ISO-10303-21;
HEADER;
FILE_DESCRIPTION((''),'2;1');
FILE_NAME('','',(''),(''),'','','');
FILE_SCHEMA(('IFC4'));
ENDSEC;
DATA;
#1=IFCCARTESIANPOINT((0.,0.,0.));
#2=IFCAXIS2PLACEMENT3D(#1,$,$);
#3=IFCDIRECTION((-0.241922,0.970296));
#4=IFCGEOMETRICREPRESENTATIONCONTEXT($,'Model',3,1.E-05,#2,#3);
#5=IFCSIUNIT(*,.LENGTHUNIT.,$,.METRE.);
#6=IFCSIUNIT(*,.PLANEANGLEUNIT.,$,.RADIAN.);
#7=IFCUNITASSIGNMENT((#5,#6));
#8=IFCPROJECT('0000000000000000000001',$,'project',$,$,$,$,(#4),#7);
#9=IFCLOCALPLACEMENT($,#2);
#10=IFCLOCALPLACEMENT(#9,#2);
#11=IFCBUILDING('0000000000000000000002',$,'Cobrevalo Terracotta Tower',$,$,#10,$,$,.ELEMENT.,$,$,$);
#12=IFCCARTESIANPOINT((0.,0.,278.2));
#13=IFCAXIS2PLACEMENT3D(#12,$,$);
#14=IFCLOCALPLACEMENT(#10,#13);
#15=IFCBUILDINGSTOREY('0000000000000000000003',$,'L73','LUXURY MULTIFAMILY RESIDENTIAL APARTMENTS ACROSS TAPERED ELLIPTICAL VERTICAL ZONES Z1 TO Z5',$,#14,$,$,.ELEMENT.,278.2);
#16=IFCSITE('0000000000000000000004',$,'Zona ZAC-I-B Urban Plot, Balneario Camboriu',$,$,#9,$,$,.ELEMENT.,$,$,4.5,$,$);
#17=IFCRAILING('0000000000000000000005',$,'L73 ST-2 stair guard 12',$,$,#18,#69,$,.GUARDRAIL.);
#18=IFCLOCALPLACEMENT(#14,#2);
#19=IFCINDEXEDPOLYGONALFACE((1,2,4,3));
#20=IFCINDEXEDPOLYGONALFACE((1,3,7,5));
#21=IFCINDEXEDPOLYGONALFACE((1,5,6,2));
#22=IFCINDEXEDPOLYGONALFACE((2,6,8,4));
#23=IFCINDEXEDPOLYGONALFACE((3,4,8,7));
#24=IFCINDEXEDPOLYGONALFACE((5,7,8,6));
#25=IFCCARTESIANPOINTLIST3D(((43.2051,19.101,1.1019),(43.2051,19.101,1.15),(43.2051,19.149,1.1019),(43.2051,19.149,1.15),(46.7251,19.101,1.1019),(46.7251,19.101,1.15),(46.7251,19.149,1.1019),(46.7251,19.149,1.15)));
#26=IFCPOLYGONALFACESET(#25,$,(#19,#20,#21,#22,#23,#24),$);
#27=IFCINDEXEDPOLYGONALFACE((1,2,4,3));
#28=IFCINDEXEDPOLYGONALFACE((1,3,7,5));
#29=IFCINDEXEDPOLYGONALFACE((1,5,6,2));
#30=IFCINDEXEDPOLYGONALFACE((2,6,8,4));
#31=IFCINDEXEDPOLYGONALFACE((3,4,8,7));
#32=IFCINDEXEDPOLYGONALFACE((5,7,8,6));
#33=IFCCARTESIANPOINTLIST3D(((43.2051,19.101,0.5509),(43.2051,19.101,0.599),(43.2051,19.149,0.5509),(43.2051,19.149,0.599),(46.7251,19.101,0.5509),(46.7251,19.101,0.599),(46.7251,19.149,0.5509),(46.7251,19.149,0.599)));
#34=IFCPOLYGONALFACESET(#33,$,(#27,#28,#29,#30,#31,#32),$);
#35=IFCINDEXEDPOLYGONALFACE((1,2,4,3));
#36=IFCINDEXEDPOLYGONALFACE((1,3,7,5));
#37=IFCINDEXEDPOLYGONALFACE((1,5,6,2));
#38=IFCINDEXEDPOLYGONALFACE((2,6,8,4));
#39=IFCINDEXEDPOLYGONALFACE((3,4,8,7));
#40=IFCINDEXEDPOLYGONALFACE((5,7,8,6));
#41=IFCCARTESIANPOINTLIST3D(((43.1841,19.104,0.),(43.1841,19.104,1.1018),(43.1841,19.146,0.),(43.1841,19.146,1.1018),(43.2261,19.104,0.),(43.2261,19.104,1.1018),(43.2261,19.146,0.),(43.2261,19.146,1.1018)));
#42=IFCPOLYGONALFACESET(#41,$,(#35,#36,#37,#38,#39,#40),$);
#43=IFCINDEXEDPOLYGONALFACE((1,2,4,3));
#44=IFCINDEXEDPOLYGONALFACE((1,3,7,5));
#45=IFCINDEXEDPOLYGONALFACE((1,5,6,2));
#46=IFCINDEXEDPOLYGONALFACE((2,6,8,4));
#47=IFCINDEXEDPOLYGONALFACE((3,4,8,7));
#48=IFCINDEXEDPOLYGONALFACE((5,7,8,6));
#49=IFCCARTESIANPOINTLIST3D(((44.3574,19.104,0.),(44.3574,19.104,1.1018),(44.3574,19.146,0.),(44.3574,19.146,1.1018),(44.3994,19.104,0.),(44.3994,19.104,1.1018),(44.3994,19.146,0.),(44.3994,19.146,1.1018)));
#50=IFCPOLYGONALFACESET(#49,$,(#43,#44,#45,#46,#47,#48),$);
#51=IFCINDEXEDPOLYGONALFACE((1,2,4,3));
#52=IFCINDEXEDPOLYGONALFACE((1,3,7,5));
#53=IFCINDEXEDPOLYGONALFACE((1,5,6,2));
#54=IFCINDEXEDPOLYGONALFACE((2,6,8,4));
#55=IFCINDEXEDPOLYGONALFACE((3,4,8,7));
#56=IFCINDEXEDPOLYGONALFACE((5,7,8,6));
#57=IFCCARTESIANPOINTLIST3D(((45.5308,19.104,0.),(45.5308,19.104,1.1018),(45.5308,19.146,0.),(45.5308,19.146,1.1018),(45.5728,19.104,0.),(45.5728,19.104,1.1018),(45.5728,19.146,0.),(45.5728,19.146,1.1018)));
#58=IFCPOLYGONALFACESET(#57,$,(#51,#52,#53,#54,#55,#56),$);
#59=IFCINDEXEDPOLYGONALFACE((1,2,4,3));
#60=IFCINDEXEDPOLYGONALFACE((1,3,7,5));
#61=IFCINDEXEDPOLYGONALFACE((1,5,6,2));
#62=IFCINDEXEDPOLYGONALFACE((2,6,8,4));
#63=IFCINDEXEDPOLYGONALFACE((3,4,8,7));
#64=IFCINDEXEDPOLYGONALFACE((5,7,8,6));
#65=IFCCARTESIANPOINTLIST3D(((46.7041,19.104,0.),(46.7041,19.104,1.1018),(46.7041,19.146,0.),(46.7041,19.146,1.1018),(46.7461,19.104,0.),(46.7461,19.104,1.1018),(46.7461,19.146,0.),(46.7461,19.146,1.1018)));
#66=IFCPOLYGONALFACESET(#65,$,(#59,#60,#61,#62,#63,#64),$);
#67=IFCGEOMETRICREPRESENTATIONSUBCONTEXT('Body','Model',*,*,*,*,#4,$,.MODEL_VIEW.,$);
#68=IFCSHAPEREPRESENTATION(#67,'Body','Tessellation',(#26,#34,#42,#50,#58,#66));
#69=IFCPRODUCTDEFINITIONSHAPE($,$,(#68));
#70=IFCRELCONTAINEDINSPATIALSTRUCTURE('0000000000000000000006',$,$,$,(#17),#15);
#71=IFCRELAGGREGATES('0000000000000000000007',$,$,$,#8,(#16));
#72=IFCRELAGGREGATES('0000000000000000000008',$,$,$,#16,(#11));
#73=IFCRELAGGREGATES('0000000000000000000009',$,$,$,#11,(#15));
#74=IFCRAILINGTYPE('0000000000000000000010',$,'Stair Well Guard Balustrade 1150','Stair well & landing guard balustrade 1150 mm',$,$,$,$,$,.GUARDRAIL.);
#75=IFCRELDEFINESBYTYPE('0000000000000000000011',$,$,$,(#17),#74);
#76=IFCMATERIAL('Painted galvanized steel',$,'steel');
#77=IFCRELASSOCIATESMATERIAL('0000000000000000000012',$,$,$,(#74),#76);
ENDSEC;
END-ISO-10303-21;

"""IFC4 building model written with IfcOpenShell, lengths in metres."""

from ifc_helpers import new_model, si_unit, direction, frame, origin, origin_2d, place, context, subcontext, project, spatial, rectangle, extrude, material, type_object, element, save


model = new_model("IFC4")

# Units and contexts
model_context = context("Model", 3, precision=1e-05, world=origin(), true_north=direction((-0.241922, 0.970296)))
body_context = subcontext(model_context, "Body", "Model", "MODEL_VIEW")
ifc_project = project(units=[si_unit("LENGTHUNIT", "METRE"), si_unit("PLANEANGLEUNIT", "RADIAN")], contexts=[model_context])

# Site, building, storey
site_placement = place(None, origin())
site = spatial("IfcSite", under=ifc_project, at=site_placement, Name="Zona ZAC-I-B Urban Plot, Balneario Camboriu", CompositionType="ELEMENT", RefElevation=4.5)
building_placement = place(site_placement, origin())
building = spatial("IfcBuilding", under=site, at=building_placement, Name="Cobrevalo Terracotta Tower", CompositionType="ELEMENT")
storey_placement = place(building_placement, frame((0.0, 0.0, 278.2)))
storey = spatial("IfcBuildingStorey", under=building, at=storey_placement, Name="L73", Description="LUXURY MULTIFAMILY RESIDENTIAL APARTMENTS ACROSS TAPERED ELLIPTICAL VERTICAL ZONES Z1 TO Z5", CompositionType="ELEMENT", Elevation=278.2)

# Railing
ifc_material_1 = material(Name="Painted galvanized steel", Category="steel")
railing_type_1 = type_object("IfcRailingType", Name="Stair Well Guard Balustrade 1150", Description="Stair well & landing guard balustrade 1150 mm", PredefinedType="GUARDRAIL", material=ifc_material_1)
railing_1_placement = place(storey_placement, frame((43.2051, 19.125, 0.0)))
element("IfcRailing", 1, at=railing_1_placement, inside=storey, type_object=railing_type_1, Name="L73 ST-2 stair guard 12", PredefinedType="GUARDRAIL", context=body_context, shape_type="SweptSolid", body=[
    extrude(rectangle(XDim=0.0481, YDim=0.0481, at=origin_2d()), frame((0.0, 0.0, 1.126), z_axis=(1.0, 0.0, 0.0), x_axis=(0.0, 1.0, 0.0)), (0.0, 0.0, 1.0), 3.52),
    extrude(rectangle(XDim=0.0481, YDim=0.0481, at=origin_2d()), frame((0.0, 0.0, 0.575), z_axis=(1.0, 0.0, 0.0), x_axis=(0.0, 1.0, 0.0)), (0.0, 0.0, 1.0), 3.52),
    extrude(rectangle(XDim=0.042, YDim=0.042, at=origin_2d()), origin(), (0.0, 0.0, 1.0), 1.1018),
    extrude(rectangle(XDim=0.042, YDim=0.042, at=origin_2d()), frame((1.1733, 0.0, 0.0)), (0.0, 0.0, 1.0), 1.1018),
    extrude(rectangle(XDim=0.042, YDim=0.042, at=origin_2d()), frame((2.3467, 0.0, 0.0)), (0.0, 0.0, 1.0), 1.1018),
    extrude(rectangle(XDim=0.042, YDim=0.042, at=origin_2d()), frame((3.52, 0.0, 0.0)), (0.0, 0.0, 1.0), 1.1018),
])

save(model, "model.ifc")
